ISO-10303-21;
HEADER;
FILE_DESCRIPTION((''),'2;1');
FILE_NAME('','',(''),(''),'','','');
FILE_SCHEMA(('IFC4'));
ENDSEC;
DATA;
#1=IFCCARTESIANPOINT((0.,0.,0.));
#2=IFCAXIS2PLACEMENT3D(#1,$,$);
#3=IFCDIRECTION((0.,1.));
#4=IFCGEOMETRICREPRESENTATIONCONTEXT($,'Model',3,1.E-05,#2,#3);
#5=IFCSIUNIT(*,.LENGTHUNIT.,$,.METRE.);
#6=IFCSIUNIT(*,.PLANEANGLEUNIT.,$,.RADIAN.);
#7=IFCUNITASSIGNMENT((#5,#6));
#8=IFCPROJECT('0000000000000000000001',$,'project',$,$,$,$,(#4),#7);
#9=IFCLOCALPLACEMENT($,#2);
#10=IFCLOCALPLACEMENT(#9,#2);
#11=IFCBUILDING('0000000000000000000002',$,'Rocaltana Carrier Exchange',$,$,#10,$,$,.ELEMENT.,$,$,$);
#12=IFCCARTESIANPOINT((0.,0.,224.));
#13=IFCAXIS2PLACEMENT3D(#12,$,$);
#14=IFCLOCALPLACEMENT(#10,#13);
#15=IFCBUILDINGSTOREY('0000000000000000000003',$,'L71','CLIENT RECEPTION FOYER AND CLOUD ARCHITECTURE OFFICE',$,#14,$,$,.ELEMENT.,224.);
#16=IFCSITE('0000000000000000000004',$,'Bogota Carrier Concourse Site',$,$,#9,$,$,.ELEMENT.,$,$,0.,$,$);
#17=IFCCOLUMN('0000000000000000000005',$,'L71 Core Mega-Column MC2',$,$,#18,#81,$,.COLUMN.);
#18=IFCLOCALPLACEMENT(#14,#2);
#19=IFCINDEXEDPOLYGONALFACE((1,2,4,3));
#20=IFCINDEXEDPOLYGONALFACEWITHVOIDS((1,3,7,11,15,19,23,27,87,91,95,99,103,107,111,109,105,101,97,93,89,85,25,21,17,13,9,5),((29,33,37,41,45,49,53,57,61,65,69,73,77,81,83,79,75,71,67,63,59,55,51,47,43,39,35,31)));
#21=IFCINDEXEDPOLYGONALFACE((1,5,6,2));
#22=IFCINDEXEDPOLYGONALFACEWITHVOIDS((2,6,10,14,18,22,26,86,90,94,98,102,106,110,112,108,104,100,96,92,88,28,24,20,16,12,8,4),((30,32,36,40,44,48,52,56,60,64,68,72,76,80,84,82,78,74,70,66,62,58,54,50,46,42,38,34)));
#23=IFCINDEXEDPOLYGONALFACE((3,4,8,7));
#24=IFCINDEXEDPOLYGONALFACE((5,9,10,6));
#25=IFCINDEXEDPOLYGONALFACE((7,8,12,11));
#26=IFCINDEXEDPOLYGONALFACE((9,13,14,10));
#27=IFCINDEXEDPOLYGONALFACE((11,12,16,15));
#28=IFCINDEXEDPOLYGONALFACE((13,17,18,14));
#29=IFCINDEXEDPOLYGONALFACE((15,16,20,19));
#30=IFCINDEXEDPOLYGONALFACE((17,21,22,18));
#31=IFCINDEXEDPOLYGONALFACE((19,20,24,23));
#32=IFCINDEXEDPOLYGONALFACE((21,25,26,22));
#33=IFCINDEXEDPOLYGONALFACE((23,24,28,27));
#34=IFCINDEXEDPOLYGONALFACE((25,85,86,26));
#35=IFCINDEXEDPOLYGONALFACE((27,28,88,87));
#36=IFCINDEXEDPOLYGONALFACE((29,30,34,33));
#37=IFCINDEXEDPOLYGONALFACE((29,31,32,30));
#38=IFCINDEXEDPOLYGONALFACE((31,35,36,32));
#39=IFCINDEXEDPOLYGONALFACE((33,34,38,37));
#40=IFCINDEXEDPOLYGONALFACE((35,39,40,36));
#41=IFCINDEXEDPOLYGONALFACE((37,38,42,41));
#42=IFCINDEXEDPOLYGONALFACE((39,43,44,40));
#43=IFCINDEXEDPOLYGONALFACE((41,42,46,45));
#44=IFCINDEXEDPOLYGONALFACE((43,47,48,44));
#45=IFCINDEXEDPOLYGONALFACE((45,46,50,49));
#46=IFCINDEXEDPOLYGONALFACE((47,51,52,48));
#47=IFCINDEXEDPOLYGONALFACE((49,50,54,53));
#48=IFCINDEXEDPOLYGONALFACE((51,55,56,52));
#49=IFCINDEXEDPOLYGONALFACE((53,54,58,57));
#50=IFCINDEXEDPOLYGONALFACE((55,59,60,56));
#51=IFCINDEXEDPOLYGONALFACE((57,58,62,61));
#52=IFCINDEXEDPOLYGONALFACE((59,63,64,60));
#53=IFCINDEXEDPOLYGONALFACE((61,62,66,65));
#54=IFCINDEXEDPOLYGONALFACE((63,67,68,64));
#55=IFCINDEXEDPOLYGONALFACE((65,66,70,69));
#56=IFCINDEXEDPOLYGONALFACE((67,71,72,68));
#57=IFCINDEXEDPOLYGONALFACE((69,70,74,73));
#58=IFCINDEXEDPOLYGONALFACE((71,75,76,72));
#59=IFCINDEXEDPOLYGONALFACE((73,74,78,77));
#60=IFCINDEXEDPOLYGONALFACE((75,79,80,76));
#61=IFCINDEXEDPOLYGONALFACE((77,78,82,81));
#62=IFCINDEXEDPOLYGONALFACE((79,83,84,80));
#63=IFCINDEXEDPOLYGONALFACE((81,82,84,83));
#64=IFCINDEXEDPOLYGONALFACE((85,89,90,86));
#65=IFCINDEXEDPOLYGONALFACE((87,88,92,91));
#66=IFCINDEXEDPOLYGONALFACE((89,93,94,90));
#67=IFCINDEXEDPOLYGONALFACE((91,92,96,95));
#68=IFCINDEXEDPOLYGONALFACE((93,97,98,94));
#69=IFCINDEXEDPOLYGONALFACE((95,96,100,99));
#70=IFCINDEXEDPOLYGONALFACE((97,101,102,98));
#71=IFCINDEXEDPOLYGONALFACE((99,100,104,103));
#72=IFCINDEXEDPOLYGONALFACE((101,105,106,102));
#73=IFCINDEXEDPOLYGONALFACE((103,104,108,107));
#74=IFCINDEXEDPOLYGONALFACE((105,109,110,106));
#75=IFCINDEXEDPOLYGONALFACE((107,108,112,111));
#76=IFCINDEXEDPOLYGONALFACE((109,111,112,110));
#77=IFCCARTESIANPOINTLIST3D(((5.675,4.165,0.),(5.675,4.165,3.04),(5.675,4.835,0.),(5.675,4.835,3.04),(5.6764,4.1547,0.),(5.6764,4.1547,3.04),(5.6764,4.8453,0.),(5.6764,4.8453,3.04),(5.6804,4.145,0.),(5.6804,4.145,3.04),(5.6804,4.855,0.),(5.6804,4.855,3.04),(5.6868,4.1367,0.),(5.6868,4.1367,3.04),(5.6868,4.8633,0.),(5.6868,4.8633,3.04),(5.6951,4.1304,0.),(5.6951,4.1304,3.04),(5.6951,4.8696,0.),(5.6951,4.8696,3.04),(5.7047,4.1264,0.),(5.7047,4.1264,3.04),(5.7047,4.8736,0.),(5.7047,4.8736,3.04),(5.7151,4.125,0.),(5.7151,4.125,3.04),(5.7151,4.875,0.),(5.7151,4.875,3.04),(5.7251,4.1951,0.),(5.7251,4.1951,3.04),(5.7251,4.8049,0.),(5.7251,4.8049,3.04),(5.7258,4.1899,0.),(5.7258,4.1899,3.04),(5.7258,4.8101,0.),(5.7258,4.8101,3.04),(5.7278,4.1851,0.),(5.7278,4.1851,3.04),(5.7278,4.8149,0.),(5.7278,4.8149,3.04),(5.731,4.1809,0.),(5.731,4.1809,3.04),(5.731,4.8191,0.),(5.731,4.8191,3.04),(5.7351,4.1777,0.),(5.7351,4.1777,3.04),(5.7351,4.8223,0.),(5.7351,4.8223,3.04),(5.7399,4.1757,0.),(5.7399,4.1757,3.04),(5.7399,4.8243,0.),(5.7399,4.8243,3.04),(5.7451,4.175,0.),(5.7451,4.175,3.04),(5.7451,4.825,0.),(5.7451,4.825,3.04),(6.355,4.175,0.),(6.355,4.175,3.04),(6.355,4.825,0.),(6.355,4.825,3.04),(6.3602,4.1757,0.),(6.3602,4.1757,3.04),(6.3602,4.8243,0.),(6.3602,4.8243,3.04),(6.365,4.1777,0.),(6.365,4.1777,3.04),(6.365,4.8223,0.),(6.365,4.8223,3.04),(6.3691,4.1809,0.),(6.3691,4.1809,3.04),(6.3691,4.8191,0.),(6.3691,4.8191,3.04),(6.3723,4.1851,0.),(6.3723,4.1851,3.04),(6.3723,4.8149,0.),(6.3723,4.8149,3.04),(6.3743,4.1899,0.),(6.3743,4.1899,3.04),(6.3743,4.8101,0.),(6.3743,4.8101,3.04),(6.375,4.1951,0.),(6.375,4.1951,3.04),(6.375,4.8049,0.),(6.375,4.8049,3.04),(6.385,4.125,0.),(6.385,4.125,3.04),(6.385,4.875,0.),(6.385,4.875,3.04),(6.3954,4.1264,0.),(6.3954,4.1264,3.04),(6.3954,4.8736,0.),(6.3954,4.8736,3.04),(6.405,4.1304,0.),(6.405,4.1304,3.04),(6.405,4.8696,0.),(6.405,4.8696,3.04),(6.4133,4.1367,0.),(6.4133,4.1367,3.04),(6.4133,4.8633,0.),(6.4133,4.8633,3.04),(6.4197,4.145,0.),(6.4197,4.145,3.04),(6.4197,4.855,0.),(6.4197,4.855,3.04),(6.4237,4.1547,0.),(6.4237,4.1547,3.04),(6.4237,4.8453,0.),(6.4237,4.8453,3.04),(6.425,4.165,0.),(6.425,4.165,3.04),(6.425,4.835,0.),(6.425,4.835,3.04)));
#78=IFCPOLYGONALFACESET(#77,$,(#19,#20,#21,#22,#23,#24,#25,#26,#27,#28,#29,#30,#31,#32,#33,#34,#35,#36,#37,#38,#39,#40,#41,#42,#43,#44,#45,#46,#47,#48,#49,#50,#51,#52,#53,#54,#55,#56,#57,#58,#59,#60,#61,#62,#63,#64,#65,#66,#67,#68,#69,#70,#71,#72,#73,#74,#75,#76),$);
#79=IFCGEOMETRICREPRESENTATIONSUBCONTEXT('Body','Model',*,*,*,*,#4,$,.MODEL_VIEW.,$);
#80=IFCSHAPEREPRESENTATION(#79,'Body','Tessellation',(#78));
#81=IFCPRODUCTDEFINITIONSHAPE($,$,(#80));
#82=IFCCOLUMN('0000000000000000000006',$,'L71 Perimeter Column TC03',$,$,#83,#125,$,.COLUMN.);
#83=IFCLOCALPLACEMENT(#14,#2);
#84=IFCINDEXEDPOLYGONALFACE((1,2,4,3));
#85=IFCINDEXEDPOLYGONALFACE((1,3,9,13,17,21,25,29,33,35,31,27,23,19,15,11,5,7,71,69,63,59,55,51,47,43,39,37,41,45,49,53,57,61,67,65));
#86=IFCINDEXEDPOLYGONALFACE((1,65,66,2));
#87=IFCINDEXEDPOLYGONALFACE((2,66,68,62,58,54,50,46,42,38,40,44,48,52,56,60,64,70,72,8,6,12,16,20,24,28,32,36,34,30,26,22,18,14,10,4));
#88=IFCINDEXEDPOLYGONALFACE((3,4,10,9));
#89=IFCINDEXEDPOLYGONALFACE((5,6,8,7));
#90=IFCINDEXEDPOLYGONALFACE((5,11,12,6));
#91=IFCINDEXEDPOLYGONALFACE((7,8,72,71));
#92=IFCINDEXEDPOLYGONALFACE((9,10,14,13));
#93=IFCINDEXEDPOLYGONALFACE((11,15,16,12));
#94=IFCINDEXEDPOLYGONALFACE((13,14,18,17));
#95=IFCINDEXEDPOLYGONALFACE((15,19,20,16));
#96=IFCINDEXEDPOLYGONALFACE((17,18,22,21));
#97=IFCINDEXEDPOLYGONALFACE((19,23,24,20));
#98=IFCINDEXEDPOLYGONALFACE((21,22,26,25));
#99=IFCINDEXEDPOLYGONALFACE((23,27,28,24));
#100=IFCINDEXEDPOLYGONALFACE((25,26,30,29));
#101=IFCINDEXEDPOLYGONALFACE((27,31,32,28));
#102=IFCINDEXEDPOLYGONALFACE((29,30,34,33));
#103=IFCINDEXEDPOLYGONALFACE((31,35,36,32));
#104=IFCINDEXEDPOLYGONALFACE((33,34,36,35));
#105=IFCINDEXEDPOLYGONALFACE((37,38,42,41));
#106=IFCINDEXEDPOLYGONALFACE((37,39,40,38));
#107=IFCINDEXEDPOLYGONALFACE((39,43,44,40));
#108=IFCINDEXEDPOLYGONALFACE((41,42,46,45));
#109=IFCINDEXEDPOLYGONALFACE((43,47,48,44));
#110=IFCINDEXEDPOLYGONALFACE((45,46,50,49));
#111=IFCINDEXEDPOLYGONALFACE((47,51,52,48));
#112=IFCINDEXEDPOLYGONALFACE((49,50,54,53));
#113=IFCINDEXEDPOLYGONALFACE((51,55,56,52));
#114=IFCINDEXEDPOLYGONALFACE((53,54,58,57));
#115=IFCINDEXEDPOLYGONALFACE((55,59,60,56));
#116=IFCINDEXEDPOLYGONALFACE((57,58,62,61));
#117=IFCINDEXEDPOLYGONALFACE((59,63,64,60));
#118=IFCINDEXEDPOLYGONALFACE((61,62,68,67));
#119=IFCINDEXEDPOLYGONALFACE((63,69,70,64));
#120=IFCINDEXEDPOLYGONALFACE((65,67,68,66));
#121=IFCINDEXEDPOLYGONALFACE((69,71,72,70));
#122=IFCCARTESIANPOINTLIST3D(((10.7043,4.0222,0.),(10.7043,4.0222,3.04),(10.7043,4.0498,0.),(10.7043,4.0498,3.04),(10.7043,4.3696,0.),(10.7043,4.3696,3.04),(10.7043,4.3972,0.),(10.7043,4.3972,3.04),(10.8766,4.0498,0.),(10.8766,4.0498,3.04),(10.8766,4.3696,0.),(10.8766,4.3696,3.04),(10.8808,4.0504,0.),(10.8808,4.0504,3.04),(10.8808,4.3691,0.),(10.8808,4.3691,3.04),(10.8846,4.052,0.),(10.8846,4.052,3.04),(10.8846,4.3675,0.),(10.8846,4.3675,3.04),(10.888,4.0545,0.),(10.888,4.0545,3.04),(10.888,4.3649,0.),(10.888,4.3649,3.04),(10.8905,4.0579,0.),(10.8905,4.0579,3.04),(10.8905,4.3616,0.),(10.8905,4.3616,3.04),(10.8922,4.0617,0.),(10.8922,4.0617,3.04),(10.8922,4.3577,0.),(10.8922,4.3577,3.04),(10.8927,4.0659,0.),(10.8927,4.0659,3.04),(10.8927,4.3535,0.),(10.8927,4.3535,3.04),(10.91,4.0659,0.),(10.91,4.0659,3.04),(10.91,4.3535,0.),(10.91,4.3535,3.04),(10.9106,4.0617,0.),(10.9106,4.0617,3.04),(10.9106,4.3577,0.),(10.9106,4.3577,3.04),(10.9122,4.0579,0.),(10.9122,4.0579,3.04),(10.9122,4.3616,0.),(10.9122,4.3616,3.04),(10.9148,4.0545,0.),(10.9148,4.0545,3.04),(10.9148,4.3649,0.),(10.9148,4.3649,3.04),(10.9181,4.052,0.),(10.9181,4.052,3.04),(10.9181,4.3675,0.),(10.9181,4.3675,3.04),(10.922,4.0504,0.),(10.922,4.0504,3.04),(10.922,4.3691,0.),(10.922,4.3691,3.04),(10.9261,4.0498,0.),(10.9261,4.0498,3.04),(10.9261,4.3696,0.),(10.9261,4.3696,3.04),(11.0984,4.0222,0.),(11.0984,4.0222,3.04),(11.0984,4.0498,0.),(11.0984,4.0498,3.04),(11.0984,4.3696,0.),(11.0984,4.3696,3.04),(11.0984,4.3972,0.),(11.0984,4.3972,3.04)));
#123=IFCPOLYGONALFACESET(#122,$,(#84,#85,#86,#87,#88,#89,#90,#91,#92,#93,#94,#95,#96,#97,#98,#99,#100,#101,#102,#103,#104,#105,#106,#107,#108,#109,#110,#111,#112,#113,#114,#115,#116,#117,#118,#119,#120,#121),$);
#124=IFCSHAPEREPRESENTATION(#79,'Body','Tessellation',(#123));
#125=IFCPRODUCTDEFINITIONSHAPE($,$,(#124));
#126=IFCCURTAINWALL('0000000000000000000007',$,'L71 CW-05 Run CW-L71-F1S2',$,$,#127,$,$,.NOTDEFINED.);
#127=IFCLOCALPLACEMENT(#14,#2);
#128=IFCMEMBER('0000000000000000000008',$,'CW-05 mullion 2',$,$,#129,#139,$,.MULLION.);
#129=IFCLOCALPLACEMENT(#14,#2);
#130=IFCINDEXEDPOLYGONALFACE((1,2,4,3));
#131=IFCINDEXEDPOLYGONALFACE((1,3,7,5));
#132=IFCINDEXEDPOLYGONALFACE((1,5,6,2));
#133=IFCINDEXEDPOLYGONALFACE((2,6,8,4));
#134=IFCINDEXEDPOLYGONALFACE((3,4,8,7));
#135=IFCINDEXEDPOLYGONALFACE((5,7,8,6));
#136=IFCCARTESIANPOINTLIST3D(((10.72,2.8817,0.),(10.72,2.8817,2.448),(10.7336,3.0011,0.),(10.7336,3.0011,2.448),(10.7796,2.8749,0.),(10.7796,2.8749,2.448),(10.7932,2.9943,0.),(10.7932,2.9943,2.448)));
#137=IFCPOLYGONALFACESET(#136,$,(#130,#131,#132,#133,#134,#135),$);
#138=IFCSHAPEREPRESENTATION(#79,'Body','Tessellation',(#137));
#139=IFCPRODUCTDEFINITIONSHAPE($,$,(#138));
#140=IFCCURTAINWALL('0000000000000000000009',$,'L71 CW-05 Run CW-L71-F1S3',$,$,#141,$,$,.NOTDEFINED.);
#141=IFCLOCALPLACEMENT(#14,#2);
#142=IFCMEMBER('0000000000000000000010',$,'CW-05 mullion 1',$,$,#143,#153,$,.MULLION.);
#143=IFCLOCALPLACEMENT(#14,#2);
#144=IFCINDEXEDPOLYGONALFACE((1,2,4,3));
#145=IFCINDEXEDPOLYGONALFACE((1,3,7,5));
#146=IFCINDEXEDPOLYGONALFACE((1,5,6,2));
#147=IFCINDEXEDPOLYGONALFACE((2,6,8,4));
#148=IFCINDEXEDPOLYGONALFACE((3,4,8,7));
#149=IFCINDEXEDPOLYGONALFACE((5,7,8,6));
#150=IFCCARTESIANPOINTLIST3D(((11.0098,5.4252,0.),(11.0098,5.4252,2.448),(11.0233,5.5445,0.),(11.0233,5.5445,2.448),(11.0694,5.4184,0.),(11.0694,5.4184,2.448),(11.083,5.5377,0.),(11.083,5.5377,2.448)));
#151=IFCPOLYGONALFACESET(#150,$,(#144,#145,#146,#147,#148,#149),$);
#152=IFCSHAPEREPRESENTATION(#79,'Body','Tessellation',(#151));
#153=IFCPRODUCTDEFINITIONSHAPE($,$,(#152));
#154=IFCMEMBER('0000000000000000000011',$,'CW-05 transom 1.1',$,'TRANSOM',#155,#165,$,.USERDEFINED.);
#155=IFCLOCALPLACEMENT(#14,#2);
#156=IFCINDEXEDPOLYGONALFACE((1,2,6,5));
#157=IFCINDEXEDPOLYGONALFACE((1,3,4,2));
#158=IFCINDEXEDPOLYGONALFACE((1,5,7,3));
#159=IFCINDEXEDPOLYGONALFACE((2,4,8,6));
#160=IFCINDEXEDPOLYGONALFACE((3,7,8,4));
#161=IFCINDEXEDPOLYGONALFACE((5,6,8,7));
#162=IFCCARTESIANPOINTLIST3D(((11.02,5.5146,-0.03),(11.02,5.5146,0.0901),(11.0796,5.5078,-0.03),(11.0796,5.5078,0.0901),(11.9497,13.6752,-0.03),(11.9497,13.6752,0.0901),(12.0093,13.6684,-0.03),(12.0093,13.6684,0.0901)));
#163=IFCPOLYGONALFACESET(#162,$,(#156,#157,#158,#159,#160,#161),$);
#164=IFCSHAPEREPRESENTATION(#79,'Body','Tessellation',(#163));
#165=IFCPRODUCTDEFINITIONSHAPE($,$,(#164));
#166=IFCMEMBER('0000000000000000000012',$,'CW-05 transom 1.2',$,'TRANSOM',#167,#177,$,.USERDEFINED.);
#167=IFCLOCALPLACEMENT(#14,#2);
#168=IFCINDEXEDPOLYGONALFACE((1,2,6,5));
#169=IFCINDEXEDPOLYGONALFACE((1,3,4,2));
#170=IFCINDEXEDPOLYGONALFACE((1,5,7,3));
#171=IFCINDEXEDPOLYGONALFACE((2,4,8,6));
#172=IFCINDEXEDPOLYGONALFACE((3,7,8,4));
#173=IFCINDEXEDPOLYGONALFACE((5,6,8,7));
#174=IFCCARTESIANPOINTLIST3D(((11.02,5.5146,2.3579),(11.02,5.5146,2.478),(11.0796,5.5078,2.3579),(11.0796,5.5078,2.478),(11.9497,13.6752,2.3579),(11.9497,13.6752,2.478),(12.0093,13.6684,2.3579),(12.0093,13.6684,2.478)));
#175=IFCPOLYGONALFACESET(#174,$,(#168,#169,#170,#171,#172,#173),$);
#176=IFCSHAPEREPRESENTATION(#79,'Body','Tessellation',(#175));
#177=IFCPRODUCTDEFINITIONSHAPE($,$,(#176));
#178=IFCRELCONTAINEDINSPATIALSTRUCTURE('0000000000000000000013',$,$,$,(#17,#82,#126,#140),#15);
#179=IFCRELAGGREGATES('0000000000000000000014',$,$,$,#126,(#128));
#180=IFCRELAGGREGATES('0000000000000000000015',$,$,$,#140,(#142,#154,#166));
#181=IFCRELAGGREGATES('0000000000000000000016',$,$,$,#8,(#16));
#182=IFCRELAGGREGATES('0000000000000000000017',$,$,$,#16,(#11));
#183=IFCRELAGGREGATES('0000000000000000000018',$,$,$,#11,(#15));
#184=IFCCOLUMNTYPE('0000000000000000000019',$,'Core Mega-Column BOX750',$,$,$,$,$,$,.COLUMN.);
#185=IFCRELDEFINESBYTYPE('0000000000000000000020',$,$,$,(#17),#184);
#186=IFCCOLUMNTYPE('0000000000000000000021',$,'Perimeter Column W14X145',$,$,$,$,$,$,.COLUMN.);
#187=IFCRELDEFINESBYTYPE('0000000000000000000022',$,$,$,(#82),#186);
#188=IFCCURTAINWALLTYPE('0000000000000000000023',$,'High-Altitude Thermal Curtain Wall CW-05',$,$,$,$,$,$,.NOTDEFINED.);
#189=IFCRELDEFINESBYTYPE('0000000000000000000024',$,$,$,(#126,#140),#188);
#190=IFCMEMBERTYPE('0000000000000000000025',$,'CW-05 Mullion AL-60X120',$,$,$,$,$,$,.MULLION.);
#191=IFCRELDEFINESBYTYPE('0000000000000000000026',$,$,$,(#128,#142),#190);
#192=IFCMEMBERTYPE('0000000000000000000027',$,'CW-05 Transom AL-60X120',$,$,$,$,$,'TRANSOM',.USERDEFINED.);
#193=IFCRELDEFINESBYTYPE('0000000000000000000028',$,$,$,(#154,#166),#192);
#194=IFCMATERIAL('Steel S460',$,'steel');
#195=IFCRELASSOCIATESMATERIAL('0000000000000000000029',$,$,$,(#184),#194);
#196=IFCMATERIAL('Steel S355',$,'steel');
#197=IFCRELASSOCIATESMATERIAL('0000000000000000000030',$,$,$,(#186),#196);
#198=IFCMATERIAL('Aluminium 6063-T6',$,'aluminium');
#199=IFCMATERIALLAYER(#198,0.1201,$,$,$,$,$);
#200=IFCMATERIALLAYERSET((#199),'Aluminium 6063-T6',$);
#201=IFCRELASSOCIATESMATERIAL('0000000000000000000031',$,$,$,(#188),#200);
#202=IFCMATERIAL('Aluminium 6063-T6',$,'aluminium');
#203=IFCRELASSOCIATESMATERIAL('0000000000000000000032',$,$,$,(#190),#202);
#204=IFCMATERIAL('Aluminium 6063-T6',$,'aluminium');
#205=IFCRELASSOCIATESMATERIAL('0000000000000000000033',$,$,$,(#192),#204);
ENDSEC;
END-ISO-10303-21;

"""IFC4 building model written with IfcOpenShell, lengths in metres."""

from ifc_helpers import new_model, si_unit, direction, frame, origin, origin_2d, place, context, subcontext, project, spatial, rectangle, hollow_rectangle, i_section, extrude, material, layer, layer_set, material_profile, profile_set, type_object, element, aggregate, save


model = new_model("IFC4")

# Units and contexts
model_context = context("Model", 3, precision=1e-05, world=origin(), true_north=direction((0.0, 1.0)))
body_context = subcontext(model_context, "Body", "Model", "MODEL_VIEW")
ifc_project = project(units=[si_unit("LENGTHUNIT", "METRE"), si_unit("PLANEANGLEUNIT", "RADIAN")], contexts=[model_context])

# Site, building, storey
site_placement = place(None, origin())
site = spatial("IfcSite", under=ifc_project, at=site_placement, Name="Bogota Carrier Concourse Site", CompositionType="ELEMENT", RefElevation=0.0)
building_placement = place(site_placement, origin())
building = spatial("IfcBuilding", under=site, at=building_placement, Name="Rocaltana Carrier Exchange", CompositionType="ELEMENT")
storey_placement = place(building_placement, frame((0.0, 0.0, 224.0)))
storey = spatial("IfcBuildingStorey", under=building, at=storey_placement, Name="L71", Description="CLIENT RECEPTION FOYER AND CLOUD ARCHITECTURE OFFICE", CompositionType="ELEMENT", Elevation=224.0)

# Columns
ifc_material_1 = material(Name="Steel S460", Category="steel")
ifc_material_profile_1 = material_profile(ifc_material_1, hollow_rectangle(XDim=0.75, YDim=0.75, WallThickness=0.05, InnerFilletRadius=0.02, OuterFilletRadius=0.04, at=origin_2d()), Name="BOX750X750X50")
ifc_profile_set_1 = profile_set([ifc_material_profile_1], Name="Steel S460")
column_type_1 = type_object("IfcColumnType", Name="Core Mega-Column BOX750", PredefinedType="COLUMN", material=ifc_profile_set_1)
column_1_placement = place(storey_placement, frame((6.05, 4.5, 0.0), z_axis=(0.0, 0.0, 1.0), x_axis=(1.0, 0.0, 0.0)))
element("IfcColumn", 1, at=column_1_placement, inside=storey, type_object=column_type_1, Name="L71 Core Mega-Column MC2", PredefinedType="COLUMN", context=body_context, shape_type="SweptSolid", body=[
    extrude(hollow_rectangle(XDim=0.75, YDim=0.75, WallThickness=0.05, InnerFilletRadius=0.02, OuterFilletRadius=0.04, at=origin_2d()), origin(), (0.0, 0.0, 1.0), 3.04),
])
ifc_material_2 = material(Name="Steel S355", Category="steel")
ifc_material_profile_2 = material_profile(ifc_material_2, i_section(OverallWidth=0.394, OverallDepth=0.375, WebThickness=0.0173, FlangeThickness=0.0276, FilletRadius=0.0161, at=origin_2d()), Name="W14X145")
ifc_profile_set_2 = profile_set([ifc_material_profile_2], Name="Steel S355")
column_type_2 = type_object("IfcColumnType", Name="Perimeter Column W14X145", PredefinedType="COLUMN", material=ifc_profile_set_2)
column_2_placement = place(storey_placement, frame((10.9014, 4.2097, 0.0), z_axis=(0.0, 0.0, 1.0), x_axis=(1.0, 0.0, 0.0)))
element("IfcColumn", 2, at=column_2_placement, inside=storey, type_object=column_type_2, Name="L71 Perimeter Column TC03", PredefinedType="COLUMN", context=body_context, shape_type="SweptSolid", body=[
    extrude(i_section(OverallWidth=0.394, OverallDepth=0.375, WebThickness=0.0173, FlangeThickness=0.0276, FilletRadius=0.0161, at=origin_2d()), origin(), (0.0, 0.0, 1.0), 3.04),
])

# Curtain wall, member
ifc_material_3 = material(Name="Aluminium 6063-T6", Category="aluminium")
ifc_layer_1 = layer(ifc_material_3, 0.1201)
ifc_layer_set_1 = layer_set([ifc_layer_1], Name="Aluminium 6063-T6")
curtain_wall_type = type_object("IfcCurtainWallType", Name="High-Altitude Thermal Curtain Wall CW-05", PredefinedType="NOTDEFINED", material=ifc_layer_set_1)
curtain_wall_1_placement = place(storey_placement, origin())
curtain_wall_1 = element("IfcCurtainWall", 3, at=curtain_wall_1_placement, inside=storey, type_object=curtain_wall_type, Name="L71 CW-05 Run CW-L71-F1S2", PredefinedType="NOTDEFINED")
ifc_material_4 = material(Name="Aluminium 6063-T6", Category="aluminium")
ifc_material_profile_3 = material_profile(ifc_material_4, rectangle(XDim=0.0601, YDim=0.1201, at=origin_2d()), Name="AL-60X120")
ifc_profile_set_3 = profile_set([ifc_material_profile_3], Name="Aluminium 6063-T6")
member_type_1 = type_object("IfcMemberType", Name="CW-05 Mullion AL-60X120", PredefinedType="MULLION", material=ifc_profile_set_3)
member_1_placement = place(storey_placement, frame((10.7566, 2.938, 0.0), z_axis=(0.0, 0.0, 1.0), x_axis=(-0.993571, 0.113209, 0.0)))
member_1 = element("IfcMember", 4, at=member_1_placement, type_object=member_type_1, Name="CW-05 mullion 2", PredefinedType="MULLION", context=body_context, shape_type="SweptSolid", body=[
    extrude(rectangle(XDim=0.0601, YDim=0.1201, at=origin_2d()), origin(), (0.0, 0.0, 1.0), 2.448),
])
aggregate(curtain_wall_1, [member_1])

# Curtain wall, members
curtain_wall_2_placement = place(storey_placement, origin())
curtain_wall_2 = element("IfcCurtainWall", 5, at=curtain_wall_2_placement, inside=storey, type_object=curtain_wall_type, Name="L71 CW-05 Run CW-L71-F1S3", PredefinedType="NOTDEFINED")
member_2_placement = place(storey_placement, frame((11.0464, 5.4814, 0.0), z_axis=(0.0, 0.0, 1.0), x_axis=(-0.993573, 0.113197, 0.0)))
member_2 = element("IfcMember", 6, at=member_2_placement, type_object=member_type_1, Name="CW-05 mullion 1", PredefinedType="MULLION", context=body_context, shape_type="SweptSolid", body=[
    extrude(rectangle(XDim=0.0601, YDim=0.1201, at=origin_2d()), origin(), (0.0, 0.0, 1.0), 2.448),
])
ifc_material_5 = material(Name="Aluminium 6063-T6", Category="aluminium")
ifc_material_profile_4 = material_profile(ifc_material_5, rectangle(XDim=0.0601, YDim=0.1201, at=origin_2d()), Name="AL-60X120")
ifc_profile_set_4 = profile_set([ifc_material_profile_4], Name="Aluminium 6063-T6")
member_type_2 = type_object("IfcMemberType", Name="CW-05 Transom AL-60X120", ElementType="TRANSOM", PredefinedType="USERDEFINED", material=ifc_profile_set_4)
member_3_placement = place(storey_placement, frame((11.0498, 5.5112, 0.03), z_axis=(0.113191, 0.993573, 0.0), x_axis=(-0.993573, 0.113191, 0.0)))
member_3 = element("IfcMember", 7, at=member_3_placement, type_object=member_type_2, Name="CW-05 transom 1.1", ObjectType="TRANSOM", PredefinedType="USERDEFINED", context=body_context, shape_type="SweptSolid", body=[
    extrude(rectangle(XDim=0.0601, YDim=0.1201, at=origin_2d()), origin(), (0.0, 0.0, 1.0), 8.2134),
])
member_4_placement = place(storey_placement, frame((11.0498, 5.5112, 2.418), z_axis=(0.113191, 0.993573, 0.0), x_axis=(-0.993573, 0.113191, 0.0)))
member_4 = element("IfcMember", 8, at=member_4_placement, type_object=member_type_2, Name="CW-05 transom 1.2", ObjectType="TRANSOM", PredefinedType="USERDEFINED", context=body_context, shape_type="SweptSolid", body=[
    extrude(rectangle(XDim=0.0601, YDim=0.1201, at=origin_2d()), origin(), (0.0, 0.0, 1.0), 8.2134),
])
aggregate(curtain_wall_2, [member_2, member_3, member_4])

save(model, "model.ifc")
